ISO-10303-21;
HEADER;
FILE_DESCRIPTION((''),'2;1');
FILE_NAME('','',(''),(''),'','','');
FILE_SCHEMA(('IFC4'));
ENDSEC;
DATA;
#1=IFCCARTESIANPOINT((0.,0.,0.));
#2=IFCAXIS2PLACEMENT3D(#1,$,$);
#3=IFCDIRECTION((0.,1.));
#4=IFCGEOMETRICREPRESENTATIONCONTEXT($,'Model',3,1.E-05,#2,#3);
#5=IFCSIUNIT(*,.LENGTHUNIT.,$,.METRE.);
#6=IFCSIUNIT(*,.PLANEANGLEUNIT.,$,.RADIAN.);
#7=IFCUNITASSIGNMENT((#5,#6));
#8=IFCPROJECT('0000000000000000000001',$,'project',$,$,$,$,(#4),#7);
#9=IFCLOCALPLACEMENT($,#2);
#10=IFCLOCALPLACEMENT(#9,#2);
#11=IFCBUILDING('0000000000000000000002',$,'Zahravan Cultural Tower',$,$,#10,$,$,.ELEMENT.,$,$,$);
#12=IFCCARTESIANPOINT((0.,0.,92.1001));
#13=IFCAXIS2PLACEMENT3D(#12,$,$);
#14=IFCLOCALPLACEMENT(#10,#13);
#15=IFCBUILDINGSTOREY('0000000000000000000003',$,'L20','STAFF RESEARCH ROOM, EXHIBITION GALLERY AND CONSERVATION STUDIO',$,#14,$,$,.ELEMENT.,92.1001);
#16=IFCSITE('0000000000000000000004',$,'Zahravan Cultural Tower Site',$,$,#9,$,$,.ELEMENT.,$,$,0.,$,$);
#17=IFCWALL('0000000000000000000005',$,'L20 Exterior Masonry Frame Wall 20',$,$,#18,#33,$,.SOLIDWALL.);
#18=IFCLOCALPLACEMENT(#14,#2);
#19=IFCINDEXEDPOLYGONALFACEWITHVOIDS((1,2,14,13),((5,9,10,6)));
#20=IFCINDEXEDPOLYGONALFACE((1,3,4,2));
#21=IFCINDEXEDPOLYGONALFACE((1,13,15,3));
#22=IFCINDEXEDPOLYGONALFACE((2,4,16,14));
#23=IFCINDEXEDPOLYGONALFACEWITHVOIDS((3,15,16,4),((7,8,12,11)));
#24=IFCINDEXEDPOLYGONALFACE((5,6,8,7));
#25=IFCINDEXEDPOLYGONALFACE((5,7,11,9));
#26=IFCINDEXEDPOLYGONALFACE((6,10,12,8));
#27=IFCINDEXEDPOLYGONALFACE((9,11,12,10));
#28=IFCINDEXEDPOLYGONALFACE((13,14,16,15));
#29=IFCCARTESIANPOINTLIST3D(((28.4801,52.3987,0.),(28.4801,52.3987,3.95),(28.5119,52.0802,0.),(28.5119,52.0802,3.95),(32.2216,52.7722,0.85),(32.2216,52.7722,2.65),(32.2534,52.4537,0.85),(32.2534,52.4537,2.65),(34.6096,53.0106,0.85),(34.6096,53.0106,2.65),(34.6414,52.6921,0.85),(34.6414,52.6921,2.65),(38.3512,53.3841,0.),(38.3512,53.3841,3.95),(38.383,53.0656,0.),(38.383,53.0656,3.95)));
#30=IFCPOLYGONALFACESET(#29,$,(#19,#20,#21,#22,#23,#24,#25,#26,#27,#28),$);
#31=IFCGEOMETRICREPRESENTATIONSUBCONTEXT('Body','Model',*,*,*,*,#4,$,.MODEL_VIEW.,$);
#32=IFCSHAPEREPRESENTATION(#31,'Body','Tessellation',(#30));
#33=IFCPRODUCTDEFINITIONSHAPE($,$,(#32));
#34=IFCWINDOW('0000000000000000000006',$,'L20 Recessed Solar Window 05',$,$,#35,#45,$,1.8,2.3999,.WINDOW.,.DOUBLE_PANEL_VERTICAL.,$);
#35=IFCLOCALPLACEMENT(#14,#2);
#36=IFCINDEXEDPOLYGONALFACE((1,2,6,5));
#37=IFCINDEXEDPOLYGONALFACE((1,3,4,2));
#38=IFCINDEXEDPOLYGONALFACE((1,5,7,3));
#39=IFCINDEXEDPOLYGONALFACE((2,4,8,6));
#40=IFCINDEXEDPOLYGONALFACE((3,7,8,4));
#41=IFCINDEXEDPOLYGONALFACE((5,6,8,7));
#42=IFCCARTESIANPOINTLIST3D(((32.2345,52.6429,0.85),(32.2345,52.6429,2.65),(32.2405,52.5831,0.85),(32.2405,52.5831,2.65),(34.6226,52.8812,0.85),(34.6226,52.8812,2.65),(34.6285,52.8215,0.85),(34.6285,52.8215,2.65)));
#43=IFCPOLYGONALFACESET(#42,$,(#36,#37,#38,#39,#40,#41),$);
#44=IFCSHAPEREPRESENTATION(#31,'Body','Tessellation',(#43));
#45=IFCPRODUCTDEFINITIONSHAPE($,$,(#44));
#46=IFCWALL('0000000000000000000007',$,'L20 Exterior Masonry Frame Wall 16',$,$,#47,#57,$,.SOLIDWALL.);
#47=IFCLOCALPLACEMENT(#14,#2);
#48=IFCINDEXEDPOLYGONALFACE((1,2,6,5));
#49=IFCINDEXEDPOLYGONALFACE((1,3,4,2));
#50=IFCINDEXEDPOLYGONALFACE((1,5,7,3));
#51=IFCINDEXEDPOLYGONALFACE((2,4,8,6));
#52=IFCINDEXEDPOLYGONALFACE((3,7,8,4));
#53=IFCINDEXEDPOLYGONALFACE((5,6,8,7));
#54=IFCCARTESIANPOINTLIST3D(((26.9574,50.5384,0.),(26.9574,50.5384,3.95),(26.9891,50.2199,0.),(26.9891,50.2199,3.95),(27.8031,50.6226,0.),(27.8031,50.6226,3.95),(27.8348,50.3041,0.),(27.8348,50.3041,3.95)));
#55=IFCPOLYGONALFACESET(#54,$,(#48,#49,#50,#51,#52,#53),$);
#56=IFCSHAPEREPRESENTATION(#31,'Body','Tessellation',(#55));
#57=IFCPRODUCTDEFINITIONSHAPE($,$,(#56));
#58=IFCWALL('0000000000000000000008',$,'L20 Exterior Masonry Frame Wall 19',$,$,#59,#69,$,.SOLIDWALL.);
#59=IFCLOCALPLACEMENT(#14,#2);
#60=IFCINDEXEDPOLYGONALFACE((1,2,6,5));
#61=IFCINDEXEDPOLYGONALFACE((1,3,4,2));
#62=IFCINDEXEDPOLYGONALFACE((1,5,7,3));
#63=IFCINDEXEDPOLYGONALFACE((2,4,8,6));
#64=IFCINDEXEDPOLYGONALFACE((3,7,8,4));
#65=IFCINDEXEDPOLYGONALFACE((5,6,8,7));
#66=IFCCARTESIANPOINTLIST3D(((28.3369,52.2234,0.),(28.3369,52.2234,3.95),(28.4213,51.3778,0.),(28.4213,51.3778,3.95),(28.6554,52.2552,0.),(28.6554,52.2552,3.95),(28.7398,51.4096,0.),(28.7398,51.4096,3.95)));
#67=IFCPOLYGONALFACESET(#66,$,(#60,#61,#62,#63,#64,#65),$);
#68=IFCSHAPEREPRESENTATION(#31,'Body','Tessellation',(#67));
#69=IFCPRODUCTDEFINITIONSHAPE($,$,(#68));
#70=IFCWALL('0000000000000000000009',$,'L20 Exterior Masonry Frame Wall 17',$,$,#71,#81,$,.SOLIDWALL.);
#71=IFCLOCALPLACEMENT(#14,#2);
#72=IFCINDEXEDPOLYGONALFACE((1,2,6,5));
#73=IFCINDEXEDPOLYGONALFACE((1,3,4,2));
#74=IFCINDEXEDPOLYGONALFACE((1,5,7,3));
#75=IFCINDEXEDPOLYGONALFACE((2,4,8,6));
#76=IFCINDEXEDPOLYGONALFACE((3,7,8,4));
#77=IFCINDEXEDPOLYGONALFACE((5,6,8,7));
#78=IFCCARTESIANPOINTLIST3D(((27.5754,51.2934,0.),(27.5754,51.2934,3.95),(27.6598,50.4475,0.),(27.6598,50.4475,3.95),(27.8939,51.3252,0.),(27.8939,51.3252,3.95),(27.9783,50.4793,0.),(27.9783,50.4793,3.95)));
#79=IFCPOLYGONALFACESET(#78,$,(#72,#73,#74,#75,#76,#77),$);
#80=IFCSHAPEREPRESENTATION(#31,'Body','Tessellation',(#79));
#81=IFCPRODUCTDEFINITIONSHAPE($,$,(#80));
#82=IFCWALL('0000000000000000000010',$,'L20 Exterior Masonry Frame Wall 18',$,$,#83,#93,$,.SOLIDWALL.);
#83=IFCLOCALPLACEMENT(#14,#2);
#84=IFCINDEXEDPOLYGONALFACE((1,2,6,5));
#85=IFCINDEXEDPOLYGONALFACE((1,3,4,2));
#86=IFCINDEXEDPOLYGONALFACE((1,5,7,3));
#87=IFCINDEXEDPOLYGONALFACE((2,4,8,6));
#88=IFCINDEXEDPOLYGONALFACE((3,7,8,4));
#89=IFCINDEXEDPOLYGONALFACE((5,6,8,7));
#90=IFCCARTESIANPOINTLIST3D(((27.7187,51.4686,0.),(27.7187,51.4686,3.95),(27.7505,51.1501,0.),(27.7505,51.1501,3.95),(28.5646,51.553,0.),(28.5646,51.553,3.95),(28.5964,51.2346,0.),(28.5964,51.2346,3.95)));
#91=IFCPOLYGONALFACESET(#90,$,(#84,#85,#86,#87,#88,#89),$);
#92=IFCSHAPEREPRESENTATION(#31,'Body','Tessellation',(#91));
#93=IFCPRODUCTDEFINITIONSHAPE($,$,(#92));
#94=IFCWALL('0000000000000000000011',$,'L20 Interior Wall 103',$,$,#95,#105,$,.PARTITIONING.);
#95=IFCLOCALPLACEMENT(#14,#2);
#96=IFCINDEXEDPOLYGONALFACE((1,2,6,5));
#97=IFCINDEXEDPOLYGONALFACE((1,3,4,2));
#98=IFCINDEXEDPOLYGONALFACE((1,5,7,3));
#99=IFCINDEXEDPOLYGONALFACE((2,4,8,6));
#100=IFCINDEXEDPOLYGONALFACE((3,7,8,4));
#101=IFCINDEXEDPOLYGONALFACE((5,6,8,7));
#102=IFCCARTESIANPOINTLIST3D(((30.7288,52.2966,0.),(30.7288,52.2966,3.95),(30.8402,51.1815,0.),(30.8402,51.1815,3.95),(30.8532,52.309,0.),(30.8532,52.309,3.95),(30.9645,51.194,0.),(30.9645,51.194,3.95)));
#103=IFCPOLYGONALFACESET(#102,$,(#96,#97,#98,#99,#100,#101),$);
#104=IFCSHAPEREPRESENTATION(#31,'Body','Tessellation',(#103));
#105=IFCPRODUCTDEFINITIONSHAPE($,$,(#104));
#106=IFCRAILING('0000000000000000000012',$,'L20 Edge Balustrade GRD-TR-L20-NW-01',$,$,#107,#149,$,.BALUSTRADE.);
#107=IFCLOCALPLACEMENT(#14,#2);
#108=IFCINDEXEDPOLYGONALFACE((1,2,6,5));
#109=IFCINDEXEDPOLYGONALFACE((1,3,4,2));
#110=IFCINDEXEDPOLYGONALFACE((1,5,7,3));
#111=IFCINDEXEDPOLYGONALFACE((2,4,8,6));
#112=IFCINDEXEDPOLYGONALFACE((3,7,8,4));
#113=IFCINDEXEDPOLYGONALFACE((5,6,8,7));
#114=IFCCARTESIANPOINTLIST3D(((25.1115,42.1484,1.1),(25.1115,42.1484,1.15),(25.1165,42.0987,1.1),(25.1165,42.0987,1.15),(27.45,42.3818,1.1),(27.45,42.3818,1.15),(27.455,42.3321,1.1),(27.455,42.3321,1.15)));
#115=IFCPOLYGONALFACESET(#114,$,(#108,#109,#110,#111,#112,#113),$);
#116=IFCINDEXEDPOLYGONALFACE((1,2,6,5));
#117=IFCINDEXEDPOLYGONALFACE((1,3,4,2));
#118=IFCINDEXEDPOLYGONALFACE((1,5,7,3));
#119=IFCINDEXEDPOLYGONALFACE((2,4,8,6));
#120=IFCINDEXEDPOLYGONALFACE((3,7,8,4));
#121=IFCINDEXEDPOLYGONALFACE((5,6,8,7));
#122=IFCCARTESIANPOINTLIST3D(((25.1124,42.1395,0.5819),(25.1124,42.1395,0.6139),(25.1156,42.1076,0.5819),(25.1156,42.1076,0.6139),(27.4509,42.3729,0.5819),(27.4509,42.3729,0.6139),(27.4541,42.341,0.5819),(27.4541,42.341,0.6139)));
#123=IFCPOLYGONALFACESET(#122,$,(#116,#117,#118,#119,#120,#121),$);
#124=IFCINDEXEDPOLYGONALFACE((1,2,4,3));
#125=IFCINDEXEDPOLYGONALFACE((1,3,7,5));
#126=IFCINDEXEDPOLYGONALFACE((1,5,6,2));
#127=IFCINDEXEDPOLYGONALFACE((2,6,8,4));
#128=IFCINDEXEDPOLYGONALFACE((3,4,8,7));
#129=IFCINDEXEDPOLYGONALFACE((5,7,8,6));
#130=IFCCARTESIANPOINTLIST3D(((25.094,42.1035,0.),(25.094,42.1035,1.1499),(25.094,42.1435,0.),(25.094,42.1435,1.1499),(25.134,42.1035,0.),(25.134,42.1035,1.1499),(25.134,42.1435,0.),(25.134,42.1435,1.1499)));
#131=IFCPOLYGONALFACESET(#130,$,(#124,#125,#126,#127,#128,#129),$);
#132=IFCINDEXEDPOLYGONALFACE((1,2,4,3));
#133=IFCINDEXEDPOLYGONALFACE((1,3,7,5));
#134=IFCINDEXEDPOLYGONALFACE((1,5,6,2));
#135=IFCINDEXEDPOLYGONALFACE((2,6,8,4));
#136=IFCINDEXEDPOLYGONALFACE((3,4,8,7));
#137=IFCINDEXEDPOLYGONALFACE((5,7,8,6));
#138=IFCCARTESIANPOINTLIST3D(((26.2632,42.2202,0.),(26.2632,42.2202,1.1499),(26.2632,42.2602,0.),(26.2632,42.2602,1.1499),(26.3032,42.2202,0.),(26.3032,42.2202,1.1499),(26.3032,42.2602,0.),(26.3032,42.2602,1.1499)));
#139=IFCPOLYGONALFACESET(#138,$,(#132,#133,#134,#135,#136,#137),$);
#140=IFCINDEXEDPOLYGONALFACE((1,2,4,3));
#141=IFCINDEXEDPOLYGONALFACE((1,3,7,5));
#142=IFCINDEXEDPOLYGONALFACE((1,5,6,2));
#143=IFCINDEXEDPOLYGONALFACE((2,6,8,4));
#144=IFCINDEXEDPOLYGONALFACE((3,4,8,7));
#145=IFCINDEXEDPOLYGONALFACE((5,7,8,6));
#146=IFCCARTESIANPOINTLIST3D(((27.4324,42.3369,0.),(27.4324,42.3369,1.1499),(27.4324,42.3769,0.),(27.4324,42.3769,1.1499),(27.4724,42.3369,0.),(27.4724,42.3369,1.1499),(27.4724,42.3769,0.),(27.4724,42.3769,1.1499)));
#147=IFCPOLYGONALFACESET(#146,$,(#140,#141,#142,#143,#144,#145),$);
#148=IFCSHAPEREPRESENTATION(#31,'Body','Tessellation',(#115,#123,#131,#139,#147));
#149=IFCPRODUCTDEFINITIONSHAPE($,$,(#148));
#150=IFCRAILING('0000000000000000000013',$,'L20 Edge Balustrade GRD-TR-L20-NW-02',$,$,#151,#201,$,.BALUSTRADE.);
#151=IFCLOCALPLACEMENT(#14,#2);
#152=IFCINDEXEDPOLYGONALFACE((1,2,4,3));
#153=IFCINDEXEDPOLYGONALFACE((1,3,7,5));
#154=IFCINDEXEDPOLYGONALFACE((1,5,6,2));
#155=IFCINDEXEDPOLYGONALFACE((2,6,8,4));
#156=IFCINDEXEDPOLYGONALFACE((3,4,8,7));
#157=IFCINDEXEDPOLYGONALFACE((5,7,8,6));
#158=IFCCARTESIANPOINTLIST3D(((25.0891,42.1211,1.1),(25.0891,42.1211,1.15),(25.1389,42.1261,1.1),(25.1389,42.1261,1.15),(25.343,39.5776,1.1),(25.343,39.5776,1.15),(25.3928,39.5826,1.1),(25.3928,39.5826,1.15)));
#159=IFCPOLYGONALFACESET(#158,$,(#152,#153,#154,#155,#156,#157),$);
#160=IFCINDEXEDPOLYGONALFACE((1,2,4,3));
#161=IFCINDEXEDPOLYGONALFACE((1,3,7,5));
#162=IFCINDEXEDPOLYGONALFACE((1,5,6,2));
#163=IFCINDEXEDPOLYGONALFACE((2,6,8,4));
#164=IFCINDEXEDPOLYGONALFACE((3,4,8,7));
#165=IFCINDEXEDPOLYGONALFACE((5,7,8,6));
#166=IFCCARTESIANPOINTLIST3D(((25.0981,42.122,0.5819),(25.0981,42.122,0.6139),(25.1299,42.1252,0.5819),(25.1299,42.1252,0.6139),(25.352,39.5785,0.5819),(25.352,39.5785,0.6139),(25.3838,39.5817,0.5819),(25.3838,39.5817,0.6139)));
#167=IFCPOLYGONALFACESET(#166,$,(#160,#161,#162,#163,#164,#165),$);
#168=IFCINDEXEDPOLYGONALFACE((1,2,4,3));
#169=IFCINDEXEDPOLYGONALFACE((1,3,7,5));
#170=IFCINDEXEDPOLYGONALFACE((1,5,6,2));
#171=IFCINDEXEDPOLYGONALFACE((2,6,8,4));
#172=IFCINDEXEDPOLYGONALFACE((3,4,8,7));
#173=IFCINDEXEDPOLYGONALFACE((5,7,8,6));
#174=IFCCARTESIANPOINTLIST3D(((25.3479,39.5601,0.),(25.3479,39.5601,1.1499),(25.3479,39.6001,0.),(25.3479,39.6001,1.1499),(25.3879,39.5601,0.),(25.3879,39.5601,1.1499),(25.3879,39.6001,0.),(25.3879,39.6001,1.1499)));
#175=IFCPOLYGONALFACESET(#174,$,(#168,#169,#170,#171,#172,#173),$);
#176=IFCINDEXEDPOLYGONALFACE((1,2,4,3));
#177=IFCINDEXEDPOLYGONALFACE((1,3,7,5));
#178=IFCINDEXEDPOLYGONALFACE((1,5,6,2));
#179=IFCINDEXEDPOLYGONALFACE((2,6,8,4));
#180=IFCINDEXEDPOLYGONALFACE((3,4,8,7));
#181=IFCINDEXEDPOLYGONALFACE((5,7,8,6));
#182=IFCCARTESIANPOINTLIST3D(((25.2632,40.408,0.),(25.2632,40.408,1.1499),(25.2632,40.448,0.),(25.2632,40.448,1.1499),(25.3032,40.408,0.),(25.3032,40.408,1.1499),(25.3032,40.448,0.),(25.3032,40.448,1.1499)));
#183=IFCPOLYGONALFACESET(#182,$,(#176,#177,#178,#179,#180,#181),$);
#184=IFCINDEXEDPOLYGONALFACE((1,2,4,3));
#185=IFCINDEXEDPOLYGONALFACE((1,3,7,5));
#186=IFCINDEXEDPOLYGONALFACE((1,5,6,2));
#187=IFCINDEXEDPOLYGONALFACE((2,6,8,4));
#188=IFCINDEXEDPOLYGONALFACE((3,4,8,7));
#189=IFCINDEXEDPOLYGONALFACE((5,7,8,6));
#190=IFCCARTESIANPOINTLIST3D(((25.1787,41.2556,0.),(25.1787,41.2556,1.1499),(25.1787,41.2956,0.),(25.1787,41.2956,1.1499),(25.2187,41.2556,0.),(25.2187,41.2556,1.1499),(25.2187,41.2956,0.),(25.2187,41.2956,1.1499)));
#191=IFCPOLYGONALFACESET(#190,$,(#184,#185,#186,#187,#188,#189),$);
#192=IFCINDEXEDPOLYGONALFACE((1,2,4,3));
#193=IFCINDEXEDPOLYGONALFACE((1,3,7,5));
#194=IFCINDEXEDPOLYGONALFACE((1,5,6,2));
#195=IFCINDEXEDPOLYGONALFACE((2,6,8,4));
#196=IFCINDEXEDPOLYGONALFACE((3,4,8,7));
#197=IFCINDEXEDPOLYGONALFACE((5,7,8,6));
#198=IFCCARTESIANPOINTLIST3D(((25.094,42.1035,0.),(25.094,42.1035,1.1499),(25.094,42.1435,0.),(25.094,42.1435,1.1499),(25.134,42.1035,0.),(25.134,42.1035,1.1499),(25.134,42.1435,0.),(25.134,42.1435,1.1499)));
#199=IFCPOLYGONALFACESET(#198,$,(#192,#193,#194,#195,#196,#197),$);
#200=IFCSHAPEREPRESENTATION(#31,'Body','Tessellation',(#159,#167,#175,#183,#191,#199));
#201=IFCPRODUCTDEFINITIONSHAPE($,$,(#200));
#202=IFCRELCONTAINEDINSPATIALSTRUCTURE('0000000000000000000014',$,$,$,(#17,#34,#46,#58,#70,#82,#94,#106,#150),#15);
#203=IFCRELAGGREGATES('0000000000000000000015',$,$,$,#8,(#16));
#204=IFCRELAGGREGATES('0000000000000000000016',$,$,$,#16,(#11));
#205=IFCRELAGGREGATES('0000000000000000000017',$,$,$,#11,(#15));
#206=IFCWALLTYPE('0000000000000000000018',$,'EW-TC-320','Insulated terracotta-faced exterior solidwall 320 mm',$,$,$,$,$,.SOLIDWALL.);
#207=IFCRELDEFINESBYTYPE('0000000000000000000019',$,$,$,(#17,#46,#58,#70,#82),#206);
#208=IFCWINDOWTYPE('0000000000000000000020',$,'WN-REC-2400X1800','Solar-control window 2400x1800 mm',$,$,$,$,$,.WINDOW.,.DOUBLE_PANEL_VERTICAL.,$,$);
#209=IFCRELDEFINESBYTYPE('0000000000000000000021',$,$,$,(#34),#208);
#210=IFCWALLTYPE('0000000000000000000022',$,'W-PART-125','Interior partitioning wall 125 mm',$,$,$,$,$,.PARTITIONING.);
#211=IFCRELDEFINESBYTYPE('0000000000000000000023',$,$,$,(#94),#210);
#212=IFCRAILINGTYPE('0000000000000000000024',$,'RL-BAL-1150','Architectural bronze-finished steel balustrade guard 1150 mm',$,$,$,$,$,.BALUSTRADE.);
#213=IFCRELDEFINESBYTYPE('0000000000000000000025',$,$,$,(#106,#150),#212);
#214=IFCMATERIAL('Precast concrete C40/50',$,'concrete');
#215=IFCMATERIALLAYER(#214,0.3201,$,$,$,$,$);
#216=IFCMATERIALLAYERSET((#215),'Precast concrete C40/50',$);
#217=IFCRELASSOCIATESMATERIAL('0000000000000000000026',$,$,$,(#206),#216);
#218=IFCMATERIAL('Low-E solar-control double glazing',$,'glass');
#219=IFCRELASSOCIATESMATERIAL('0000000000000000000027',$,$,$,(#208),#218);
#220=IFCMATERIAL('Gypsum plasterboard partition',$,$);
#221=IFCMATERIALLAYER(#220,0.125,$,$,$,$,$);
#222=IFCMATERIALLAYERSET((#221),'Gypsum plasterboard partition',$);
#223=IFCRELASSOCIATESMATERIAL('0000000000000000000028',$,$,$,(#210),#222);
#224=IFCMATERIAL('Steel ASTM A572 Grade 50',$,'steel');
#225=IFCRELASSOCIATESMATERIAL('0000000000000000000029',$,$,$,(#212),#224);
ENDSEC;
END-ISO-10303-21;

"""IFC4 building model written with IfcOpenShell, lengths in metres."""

from ifc_helpers import new_model, si_unit, direction, frame, frame_2d, origin, origin_2d, place, context, subcontext, project, spatial, rectangle, extrude, source, transform, mapped, material, layer, layer_set, type_object, element, fill, save


model = new_model("IFC4")

# Units and contexts
model_context = context("Model", 3, precision=1e-05, world=origin(), true_north=direction((0.0, 1.0)))
body_context = subcontext(model_context, "Body", "Model", "MODEL_VIEW")
ifc_project = project(units=[si_unit("LENGTHUNIT", "METRE"), si_unit("PLANEANGLEUNIT", "RADIAN")], contexts=[model_context])

# Site, building, storey
site_placement = place(None, origin())
site = spatial("IfcSite", under=ifc_project, at=site_placement, Name="Zahravan Cultural Tower Site", CompositionType="ELEMENT", RefElevation=0.0)
building_placement = place(site_placement, origin())
building = spatial("IfcBuilding", under=site, at=building_placement, Name="Zahravan Cultural Tower", CompositionType="ELEMENT")
storey_placement = place(building_placement, frame((0.0, 0.0, 92.1001)))
storey = spatial("IfcBuildingStorey", under=building, at=storey_placement, Name="L20", Description="STAFF RESEARCH ROOM, EXHIBITION GALLERY AND CONSERVATION STUDIO", CompositionType="ELEMENT", Elevation=92.1001)

# Shared definitions
ifc_material_1 = material(Name="Precast concrete C40/50", Category="concrete")
ifc_layer_1 = layer(ifc_material_1, 0.3201)
ifc_layer_set_1 = layer_set([ifc_layer_1], Name="Precast concrete C40/50")
wall_type_1 = type_object("IfcWallType", Name="EW-TC-320", Description="Insulated terracotta-faced exterior solidwall 320 mm", PredefinedType="SOLIDWALL", material=ifc_layer_set_1)

# Wall, opening, window
ifc_material_2 = material(Name="Low-E solar-control double glazing", Category="glass")
window_type = type_object("IfcWindowType", Name="WN-REC-2400X1800", Description="Solar-control window 2400x1800 mm", PartitioningType="DOUBLE_PANEL_VERTICAL", PredefinedType="WINDOW", material=ifc_material_2)
shared_shape_1 = source(origin(), body_context, "Body", "SweptSolid", [
    extrude(rectangle(XDim=2.3999, YDim=1.8, at=frame_2d((1.2, 0.8999))), frame((0.0, 0.03, 0.0), z_axis=(0.0, -1.0, 0.0), x_axis=(1.0, 0.0, 0.0)), (0.0, 0.0, 1.0), 0.0601),
])
wall_1_placement = place(storey_placement, frame((28.4961, 52.2395, 0.0), z_axis=(0.0, 0.0, 1.0), x_axis=(0.995055, 0.099328, 0.0)))
wall_1 = element("IfcWall", 1, at=wall_1_placement, inside=storey, type_object=wall_type_1, Name="L20 Exterior Masonry Frame Wall 20", PredefinedType="SOLIDWALL", context=body_context, shape_type="SweptSolid", body=[
    extrude(rectangle(XDim=9.9202, YDim=0.3201, at=frame_2d((4.96, 0.0))), origin(), (0.0, 0.0, 1.0), 3.95),
])
opening_1_placement = place(wall_1_placement, frame((3.76, 0.0, 0.8501)))
opening_1 = element("IfcOpeningElement", 2, at=opening_1_placement, cuts=wall_1, PredefinedType="OPENING", context=body_context, shape_type="SweptSolid", body=[
    extrude(rectangle(XDim=2.3999, YDim=1.8, at=frame_2d((1.2, 0.8999))), frame((0.0, 0.1699, 0.0), z_axis=(0.0, -1.0, 0.0), x_axis=(1.0, 0.0, 0.0)), (0.0, 0.0, 1.0), 0.3401),
])
window_1_placement = place(opening_1_placement, origin())
window_1 = element("IfcWindow", 3, at=window_1_placement, inside=storey, type_object=window_type, Name="L20 Recessed Solar Window 05", OverallHeight=1.8, OverallWidth=2.3999, PartitioningType="DOUBLE_PANEL_VERTICAL", PredefinedType="WINDOW", context=body_context, shape_type="MappedRepresentation", body=[
    mapped(shared_shape_1, transform((0.0, 0.0, 0.0), x_axis=(1.0, 0.0, 0.0), y_axis=(0.0, 1.0, 0.0), z_axis=(0.0, 0.0, 1.0), scale=1.0)),
])
fill(opening_1, window_1)

# Walls
shared_shape_2 = source(origin(), body_context, "Body", "SweptSolid", [
    extrude(rectangle(XDim=0.8499, YDim=0.3201, at=frame_2d((0.4248, 0.0))), origin(), (0.0, 0.0, 1.0), 3.95),
])
for number, where, z_axis, x_axis, name in (
    (4, (26.9734, 50.3792, 0.0), (0.0, 0.0, 1.0), (0.995077, 0.099106, 0.0), "L20 Exterior Masonry Frame Wall 16"),
    (5, (28.5806, 51.3938, 0.0), (0.0, 0.0, 1.0), (-0.09939, 0.995049, 0.0), "L20 Exterior Masonry Frame Wall 19"),
):
    element("IfcWall", number, at=place(storey_placement, frame(where, z_axis=z_axis, x_axis=x_axis)), inside=storey, type_object=wall_type_1, Name=name, PredefinedType="SOLIDWALL", context=body_context, shape_type="MappedRepresentation", body=[
        mapped(shared_shape_2, transform((0.0, 0.0, 0.0), x_axis=(1.0, 0.0, 0.0), y_axis=(0.0, 1.0, 0.0), z_axis=(0.0, 0.0, 1.0), scale=1.0)),
    ])
shared_shape_3 = source(origin(), body_context, "Body", "SweptSolid", [
    extrude(rectangle(XDim=0.8501, YDim=0.3201, at=frame_2d((0.425, 0.0))), origin(), (0.0, 0.0, 1.0), 3.95),
])
for number, where, z_axis, x_axis, name in (
    (6, (27.8191, 50.4634, 0.0), (0.0, 0.0, 1.0), (-0.099362, 0.995051, 0.0), "L20 Exterior Masonry Frame Wall 17"),
    (7, (27.7346, 51.3093, 0.0), (0.0, 0.0, 1.0), (0.995051, 0.099362, 0.0), "L20 Exterior Masonry Frame Wall 18"),
):
    element("IfcWall", number, at=place(storey_placement, frame(where, z_axis=z_axis, x_axis=x_axis)), inside=storey, type_object=wall_type_1, Name=name, PredefinedType="SOLIDWALL", context=body_context, shape_type="MappedRepresentation", body=[
        mapped(shared_shape_3, transform((0.0, 0.0, 0.0), x_axis=(1.0, 0.0, 0.0), y_axis=(0.0, 1.0, 0.0), z_axis=(0.0, 0.0, 1.0), scale=1.0)),
    ])
ifc_material_3 = material(Name="Gypsum plasterboard partition")
ifc_layer_2 = layer(ifc_material_3, 0.125)
ifc_layer_set_2 = layer_set([ifc_layer_2], Name="Gypsum plasterboard partition")
wall_type_2 = type_object("IfcWallType", Name="W-PART-125", Description="Interior partitioning wall 125 mm", PredefinedType="PARTITIONING", material=ifc_layer_set_2)
shared_shape_4 = source(origin(), body_context, "Body", "SweptSolid", [
    extrude(rectangle(XDim=1.1206, YDim=0.125, at=frame_2d((0.5603, 0.0))), origin(), (0.0, 0.0, 1.0), 3.95),
])
wall_2_placement = place(storey_placement, frame((30.9023, 51.1877, 0.0), z_axis=(0.0, 0.0, 1.0), x_axis=(-0.099353, 0.995052, 0.0)))
element("IfcWall", 8, at=wall_2_placement, inside=storey, type_object=wall_type_2, Name="L20 Interior Wall 103", PredefinedType="PARTITIONING", context=body_context, shape_type="MappedRepresentation", body=[
    mapped(shared_shape_4, transform((0.0, 0.0, 0.0), x_axis=(1.0, 0.0, 0.0), y_axis=(0.0, 1.0, 0.0), z_axis=(0.0, 0.0, 1.0), scale=1.0)),
])

# Railings
ifc_material_4 = material(Name="Steel ASTM A572 Grade 50", Category="steel")
railing_type = type_object("IfcRailingType", Name="RL-BAL-1150", Description="Architectural bronze-finished steel balustrade guard 1150 mm", PredefinedType="BALUSTRADE", material=ifc_material_4)
railing_1_placement = place(storey_placement, frame((25.114, 42.1235, 0.0)))
element("IfcRailing", 9, at=railing_1_placement, inside=storey, type_object=railing_type, Name="L20 Edge Balustrade GRD-TR-L20-NW-01", PredefinedType="BALUSTRADE", context=body_context, shape_type="SweptSolid", body=[
    extrude(rectangle(XDim=0.05, YDim=0.05, at=origin_2d()), frame((0.0, 0.0, 1.125), z_axis=(0.995056, 0.099319, 0.0), x_axis=(-0.099319, 0.995056, 0.0)), (0.0, 0.0, 1.0), 2.3501),
    extrude(rectangle(XDim=0.032, YDim=0.032, at=origin_2d()), frame((0.0, 0.0, 0.5979), z_axis=(0.995056, 0.099319, 0.0), x_axis=(-0.099319, 0.995056, 0.0)), (0.0, 0.0, 1.0), 2.3501),
    extrude(rectangle(XDim=0.04, YDim=0.04, at=origin_2d()), origin(), (0.0, 0.0, 1.0), 1.1499),
    extrude(rectangle(XDim=0.04, YDim=0.04, at=origin_2d()), frame((1.1692, 0.1167, 0.0)), (0.0, 0.0, 1.0), 1.1499),
    extrude(rectangle(XDim=0.04, YDim=0.04, at=origin_2d()), frame((2.3384, 0.2334, 0.0)), (0.0, 0.0, 1.0), 1.1499),
])
railing_2_placement = place(storey_placement, frame((25.3679, 39.5801, 0.0)))
element("IfcRailing", 10, at=railing_2_placement, inside=storey, type_object=railing_type, Name="L20 Edge Balustrade GRD-TR-L20-NW-02", PredefinedType="BALUSTRADE", context=body_context, shape_type="SweptSolid", body=[
    extrude(rectangle(XDim=0.05, YDim=0.05, at=origin_2d()), frame((0.0, 0.0, 1.125), z_axis=(-0.099333, 0.995054, 0.0), x_axis=(-0.995054, -0.099333, 0.0)), (0.0, 0.0, 1.0), 2.5562),
    extrude(rectangle(XDim=0.032, YDim=0.032, at=origin_2d()), frame((0.0, 0.0, 0.5979), z_axis=(-0.099333, 0.995054, 0.0), x_axis=(-0.995054, -0.099333, 0.0)), (0.0, 0.0, 1.0), 2.5562),
    extrude(rectangle(XDim=0.04, YDim=0.04, at=origin_2d()), origin(), (0.0, 0.0, 1.0), 1.1499),
    extrude(rectangle(XDim=0.04, YDim=0.04, at=origin_2d()), frame((-0.0847, 0.8479, 0.0)), (0.0, 0.0, 1.0), 1.1499),
    extrude(rectangle(XDim=0.04, YDim=0.04, at=origin_2d()), frame((-0.1692, 1.6956, 0.0)), (0.0, 0.0, 1.0), 1.1499),
    extrude(rectangle(XDim=0.04, YDim=0.04, at=origin_2d()), frame((-0.2539, 2.5435, 0.0)), (0.0, 0.0, 1.0), 1.1499),
])

save(model, "model.ifc")
